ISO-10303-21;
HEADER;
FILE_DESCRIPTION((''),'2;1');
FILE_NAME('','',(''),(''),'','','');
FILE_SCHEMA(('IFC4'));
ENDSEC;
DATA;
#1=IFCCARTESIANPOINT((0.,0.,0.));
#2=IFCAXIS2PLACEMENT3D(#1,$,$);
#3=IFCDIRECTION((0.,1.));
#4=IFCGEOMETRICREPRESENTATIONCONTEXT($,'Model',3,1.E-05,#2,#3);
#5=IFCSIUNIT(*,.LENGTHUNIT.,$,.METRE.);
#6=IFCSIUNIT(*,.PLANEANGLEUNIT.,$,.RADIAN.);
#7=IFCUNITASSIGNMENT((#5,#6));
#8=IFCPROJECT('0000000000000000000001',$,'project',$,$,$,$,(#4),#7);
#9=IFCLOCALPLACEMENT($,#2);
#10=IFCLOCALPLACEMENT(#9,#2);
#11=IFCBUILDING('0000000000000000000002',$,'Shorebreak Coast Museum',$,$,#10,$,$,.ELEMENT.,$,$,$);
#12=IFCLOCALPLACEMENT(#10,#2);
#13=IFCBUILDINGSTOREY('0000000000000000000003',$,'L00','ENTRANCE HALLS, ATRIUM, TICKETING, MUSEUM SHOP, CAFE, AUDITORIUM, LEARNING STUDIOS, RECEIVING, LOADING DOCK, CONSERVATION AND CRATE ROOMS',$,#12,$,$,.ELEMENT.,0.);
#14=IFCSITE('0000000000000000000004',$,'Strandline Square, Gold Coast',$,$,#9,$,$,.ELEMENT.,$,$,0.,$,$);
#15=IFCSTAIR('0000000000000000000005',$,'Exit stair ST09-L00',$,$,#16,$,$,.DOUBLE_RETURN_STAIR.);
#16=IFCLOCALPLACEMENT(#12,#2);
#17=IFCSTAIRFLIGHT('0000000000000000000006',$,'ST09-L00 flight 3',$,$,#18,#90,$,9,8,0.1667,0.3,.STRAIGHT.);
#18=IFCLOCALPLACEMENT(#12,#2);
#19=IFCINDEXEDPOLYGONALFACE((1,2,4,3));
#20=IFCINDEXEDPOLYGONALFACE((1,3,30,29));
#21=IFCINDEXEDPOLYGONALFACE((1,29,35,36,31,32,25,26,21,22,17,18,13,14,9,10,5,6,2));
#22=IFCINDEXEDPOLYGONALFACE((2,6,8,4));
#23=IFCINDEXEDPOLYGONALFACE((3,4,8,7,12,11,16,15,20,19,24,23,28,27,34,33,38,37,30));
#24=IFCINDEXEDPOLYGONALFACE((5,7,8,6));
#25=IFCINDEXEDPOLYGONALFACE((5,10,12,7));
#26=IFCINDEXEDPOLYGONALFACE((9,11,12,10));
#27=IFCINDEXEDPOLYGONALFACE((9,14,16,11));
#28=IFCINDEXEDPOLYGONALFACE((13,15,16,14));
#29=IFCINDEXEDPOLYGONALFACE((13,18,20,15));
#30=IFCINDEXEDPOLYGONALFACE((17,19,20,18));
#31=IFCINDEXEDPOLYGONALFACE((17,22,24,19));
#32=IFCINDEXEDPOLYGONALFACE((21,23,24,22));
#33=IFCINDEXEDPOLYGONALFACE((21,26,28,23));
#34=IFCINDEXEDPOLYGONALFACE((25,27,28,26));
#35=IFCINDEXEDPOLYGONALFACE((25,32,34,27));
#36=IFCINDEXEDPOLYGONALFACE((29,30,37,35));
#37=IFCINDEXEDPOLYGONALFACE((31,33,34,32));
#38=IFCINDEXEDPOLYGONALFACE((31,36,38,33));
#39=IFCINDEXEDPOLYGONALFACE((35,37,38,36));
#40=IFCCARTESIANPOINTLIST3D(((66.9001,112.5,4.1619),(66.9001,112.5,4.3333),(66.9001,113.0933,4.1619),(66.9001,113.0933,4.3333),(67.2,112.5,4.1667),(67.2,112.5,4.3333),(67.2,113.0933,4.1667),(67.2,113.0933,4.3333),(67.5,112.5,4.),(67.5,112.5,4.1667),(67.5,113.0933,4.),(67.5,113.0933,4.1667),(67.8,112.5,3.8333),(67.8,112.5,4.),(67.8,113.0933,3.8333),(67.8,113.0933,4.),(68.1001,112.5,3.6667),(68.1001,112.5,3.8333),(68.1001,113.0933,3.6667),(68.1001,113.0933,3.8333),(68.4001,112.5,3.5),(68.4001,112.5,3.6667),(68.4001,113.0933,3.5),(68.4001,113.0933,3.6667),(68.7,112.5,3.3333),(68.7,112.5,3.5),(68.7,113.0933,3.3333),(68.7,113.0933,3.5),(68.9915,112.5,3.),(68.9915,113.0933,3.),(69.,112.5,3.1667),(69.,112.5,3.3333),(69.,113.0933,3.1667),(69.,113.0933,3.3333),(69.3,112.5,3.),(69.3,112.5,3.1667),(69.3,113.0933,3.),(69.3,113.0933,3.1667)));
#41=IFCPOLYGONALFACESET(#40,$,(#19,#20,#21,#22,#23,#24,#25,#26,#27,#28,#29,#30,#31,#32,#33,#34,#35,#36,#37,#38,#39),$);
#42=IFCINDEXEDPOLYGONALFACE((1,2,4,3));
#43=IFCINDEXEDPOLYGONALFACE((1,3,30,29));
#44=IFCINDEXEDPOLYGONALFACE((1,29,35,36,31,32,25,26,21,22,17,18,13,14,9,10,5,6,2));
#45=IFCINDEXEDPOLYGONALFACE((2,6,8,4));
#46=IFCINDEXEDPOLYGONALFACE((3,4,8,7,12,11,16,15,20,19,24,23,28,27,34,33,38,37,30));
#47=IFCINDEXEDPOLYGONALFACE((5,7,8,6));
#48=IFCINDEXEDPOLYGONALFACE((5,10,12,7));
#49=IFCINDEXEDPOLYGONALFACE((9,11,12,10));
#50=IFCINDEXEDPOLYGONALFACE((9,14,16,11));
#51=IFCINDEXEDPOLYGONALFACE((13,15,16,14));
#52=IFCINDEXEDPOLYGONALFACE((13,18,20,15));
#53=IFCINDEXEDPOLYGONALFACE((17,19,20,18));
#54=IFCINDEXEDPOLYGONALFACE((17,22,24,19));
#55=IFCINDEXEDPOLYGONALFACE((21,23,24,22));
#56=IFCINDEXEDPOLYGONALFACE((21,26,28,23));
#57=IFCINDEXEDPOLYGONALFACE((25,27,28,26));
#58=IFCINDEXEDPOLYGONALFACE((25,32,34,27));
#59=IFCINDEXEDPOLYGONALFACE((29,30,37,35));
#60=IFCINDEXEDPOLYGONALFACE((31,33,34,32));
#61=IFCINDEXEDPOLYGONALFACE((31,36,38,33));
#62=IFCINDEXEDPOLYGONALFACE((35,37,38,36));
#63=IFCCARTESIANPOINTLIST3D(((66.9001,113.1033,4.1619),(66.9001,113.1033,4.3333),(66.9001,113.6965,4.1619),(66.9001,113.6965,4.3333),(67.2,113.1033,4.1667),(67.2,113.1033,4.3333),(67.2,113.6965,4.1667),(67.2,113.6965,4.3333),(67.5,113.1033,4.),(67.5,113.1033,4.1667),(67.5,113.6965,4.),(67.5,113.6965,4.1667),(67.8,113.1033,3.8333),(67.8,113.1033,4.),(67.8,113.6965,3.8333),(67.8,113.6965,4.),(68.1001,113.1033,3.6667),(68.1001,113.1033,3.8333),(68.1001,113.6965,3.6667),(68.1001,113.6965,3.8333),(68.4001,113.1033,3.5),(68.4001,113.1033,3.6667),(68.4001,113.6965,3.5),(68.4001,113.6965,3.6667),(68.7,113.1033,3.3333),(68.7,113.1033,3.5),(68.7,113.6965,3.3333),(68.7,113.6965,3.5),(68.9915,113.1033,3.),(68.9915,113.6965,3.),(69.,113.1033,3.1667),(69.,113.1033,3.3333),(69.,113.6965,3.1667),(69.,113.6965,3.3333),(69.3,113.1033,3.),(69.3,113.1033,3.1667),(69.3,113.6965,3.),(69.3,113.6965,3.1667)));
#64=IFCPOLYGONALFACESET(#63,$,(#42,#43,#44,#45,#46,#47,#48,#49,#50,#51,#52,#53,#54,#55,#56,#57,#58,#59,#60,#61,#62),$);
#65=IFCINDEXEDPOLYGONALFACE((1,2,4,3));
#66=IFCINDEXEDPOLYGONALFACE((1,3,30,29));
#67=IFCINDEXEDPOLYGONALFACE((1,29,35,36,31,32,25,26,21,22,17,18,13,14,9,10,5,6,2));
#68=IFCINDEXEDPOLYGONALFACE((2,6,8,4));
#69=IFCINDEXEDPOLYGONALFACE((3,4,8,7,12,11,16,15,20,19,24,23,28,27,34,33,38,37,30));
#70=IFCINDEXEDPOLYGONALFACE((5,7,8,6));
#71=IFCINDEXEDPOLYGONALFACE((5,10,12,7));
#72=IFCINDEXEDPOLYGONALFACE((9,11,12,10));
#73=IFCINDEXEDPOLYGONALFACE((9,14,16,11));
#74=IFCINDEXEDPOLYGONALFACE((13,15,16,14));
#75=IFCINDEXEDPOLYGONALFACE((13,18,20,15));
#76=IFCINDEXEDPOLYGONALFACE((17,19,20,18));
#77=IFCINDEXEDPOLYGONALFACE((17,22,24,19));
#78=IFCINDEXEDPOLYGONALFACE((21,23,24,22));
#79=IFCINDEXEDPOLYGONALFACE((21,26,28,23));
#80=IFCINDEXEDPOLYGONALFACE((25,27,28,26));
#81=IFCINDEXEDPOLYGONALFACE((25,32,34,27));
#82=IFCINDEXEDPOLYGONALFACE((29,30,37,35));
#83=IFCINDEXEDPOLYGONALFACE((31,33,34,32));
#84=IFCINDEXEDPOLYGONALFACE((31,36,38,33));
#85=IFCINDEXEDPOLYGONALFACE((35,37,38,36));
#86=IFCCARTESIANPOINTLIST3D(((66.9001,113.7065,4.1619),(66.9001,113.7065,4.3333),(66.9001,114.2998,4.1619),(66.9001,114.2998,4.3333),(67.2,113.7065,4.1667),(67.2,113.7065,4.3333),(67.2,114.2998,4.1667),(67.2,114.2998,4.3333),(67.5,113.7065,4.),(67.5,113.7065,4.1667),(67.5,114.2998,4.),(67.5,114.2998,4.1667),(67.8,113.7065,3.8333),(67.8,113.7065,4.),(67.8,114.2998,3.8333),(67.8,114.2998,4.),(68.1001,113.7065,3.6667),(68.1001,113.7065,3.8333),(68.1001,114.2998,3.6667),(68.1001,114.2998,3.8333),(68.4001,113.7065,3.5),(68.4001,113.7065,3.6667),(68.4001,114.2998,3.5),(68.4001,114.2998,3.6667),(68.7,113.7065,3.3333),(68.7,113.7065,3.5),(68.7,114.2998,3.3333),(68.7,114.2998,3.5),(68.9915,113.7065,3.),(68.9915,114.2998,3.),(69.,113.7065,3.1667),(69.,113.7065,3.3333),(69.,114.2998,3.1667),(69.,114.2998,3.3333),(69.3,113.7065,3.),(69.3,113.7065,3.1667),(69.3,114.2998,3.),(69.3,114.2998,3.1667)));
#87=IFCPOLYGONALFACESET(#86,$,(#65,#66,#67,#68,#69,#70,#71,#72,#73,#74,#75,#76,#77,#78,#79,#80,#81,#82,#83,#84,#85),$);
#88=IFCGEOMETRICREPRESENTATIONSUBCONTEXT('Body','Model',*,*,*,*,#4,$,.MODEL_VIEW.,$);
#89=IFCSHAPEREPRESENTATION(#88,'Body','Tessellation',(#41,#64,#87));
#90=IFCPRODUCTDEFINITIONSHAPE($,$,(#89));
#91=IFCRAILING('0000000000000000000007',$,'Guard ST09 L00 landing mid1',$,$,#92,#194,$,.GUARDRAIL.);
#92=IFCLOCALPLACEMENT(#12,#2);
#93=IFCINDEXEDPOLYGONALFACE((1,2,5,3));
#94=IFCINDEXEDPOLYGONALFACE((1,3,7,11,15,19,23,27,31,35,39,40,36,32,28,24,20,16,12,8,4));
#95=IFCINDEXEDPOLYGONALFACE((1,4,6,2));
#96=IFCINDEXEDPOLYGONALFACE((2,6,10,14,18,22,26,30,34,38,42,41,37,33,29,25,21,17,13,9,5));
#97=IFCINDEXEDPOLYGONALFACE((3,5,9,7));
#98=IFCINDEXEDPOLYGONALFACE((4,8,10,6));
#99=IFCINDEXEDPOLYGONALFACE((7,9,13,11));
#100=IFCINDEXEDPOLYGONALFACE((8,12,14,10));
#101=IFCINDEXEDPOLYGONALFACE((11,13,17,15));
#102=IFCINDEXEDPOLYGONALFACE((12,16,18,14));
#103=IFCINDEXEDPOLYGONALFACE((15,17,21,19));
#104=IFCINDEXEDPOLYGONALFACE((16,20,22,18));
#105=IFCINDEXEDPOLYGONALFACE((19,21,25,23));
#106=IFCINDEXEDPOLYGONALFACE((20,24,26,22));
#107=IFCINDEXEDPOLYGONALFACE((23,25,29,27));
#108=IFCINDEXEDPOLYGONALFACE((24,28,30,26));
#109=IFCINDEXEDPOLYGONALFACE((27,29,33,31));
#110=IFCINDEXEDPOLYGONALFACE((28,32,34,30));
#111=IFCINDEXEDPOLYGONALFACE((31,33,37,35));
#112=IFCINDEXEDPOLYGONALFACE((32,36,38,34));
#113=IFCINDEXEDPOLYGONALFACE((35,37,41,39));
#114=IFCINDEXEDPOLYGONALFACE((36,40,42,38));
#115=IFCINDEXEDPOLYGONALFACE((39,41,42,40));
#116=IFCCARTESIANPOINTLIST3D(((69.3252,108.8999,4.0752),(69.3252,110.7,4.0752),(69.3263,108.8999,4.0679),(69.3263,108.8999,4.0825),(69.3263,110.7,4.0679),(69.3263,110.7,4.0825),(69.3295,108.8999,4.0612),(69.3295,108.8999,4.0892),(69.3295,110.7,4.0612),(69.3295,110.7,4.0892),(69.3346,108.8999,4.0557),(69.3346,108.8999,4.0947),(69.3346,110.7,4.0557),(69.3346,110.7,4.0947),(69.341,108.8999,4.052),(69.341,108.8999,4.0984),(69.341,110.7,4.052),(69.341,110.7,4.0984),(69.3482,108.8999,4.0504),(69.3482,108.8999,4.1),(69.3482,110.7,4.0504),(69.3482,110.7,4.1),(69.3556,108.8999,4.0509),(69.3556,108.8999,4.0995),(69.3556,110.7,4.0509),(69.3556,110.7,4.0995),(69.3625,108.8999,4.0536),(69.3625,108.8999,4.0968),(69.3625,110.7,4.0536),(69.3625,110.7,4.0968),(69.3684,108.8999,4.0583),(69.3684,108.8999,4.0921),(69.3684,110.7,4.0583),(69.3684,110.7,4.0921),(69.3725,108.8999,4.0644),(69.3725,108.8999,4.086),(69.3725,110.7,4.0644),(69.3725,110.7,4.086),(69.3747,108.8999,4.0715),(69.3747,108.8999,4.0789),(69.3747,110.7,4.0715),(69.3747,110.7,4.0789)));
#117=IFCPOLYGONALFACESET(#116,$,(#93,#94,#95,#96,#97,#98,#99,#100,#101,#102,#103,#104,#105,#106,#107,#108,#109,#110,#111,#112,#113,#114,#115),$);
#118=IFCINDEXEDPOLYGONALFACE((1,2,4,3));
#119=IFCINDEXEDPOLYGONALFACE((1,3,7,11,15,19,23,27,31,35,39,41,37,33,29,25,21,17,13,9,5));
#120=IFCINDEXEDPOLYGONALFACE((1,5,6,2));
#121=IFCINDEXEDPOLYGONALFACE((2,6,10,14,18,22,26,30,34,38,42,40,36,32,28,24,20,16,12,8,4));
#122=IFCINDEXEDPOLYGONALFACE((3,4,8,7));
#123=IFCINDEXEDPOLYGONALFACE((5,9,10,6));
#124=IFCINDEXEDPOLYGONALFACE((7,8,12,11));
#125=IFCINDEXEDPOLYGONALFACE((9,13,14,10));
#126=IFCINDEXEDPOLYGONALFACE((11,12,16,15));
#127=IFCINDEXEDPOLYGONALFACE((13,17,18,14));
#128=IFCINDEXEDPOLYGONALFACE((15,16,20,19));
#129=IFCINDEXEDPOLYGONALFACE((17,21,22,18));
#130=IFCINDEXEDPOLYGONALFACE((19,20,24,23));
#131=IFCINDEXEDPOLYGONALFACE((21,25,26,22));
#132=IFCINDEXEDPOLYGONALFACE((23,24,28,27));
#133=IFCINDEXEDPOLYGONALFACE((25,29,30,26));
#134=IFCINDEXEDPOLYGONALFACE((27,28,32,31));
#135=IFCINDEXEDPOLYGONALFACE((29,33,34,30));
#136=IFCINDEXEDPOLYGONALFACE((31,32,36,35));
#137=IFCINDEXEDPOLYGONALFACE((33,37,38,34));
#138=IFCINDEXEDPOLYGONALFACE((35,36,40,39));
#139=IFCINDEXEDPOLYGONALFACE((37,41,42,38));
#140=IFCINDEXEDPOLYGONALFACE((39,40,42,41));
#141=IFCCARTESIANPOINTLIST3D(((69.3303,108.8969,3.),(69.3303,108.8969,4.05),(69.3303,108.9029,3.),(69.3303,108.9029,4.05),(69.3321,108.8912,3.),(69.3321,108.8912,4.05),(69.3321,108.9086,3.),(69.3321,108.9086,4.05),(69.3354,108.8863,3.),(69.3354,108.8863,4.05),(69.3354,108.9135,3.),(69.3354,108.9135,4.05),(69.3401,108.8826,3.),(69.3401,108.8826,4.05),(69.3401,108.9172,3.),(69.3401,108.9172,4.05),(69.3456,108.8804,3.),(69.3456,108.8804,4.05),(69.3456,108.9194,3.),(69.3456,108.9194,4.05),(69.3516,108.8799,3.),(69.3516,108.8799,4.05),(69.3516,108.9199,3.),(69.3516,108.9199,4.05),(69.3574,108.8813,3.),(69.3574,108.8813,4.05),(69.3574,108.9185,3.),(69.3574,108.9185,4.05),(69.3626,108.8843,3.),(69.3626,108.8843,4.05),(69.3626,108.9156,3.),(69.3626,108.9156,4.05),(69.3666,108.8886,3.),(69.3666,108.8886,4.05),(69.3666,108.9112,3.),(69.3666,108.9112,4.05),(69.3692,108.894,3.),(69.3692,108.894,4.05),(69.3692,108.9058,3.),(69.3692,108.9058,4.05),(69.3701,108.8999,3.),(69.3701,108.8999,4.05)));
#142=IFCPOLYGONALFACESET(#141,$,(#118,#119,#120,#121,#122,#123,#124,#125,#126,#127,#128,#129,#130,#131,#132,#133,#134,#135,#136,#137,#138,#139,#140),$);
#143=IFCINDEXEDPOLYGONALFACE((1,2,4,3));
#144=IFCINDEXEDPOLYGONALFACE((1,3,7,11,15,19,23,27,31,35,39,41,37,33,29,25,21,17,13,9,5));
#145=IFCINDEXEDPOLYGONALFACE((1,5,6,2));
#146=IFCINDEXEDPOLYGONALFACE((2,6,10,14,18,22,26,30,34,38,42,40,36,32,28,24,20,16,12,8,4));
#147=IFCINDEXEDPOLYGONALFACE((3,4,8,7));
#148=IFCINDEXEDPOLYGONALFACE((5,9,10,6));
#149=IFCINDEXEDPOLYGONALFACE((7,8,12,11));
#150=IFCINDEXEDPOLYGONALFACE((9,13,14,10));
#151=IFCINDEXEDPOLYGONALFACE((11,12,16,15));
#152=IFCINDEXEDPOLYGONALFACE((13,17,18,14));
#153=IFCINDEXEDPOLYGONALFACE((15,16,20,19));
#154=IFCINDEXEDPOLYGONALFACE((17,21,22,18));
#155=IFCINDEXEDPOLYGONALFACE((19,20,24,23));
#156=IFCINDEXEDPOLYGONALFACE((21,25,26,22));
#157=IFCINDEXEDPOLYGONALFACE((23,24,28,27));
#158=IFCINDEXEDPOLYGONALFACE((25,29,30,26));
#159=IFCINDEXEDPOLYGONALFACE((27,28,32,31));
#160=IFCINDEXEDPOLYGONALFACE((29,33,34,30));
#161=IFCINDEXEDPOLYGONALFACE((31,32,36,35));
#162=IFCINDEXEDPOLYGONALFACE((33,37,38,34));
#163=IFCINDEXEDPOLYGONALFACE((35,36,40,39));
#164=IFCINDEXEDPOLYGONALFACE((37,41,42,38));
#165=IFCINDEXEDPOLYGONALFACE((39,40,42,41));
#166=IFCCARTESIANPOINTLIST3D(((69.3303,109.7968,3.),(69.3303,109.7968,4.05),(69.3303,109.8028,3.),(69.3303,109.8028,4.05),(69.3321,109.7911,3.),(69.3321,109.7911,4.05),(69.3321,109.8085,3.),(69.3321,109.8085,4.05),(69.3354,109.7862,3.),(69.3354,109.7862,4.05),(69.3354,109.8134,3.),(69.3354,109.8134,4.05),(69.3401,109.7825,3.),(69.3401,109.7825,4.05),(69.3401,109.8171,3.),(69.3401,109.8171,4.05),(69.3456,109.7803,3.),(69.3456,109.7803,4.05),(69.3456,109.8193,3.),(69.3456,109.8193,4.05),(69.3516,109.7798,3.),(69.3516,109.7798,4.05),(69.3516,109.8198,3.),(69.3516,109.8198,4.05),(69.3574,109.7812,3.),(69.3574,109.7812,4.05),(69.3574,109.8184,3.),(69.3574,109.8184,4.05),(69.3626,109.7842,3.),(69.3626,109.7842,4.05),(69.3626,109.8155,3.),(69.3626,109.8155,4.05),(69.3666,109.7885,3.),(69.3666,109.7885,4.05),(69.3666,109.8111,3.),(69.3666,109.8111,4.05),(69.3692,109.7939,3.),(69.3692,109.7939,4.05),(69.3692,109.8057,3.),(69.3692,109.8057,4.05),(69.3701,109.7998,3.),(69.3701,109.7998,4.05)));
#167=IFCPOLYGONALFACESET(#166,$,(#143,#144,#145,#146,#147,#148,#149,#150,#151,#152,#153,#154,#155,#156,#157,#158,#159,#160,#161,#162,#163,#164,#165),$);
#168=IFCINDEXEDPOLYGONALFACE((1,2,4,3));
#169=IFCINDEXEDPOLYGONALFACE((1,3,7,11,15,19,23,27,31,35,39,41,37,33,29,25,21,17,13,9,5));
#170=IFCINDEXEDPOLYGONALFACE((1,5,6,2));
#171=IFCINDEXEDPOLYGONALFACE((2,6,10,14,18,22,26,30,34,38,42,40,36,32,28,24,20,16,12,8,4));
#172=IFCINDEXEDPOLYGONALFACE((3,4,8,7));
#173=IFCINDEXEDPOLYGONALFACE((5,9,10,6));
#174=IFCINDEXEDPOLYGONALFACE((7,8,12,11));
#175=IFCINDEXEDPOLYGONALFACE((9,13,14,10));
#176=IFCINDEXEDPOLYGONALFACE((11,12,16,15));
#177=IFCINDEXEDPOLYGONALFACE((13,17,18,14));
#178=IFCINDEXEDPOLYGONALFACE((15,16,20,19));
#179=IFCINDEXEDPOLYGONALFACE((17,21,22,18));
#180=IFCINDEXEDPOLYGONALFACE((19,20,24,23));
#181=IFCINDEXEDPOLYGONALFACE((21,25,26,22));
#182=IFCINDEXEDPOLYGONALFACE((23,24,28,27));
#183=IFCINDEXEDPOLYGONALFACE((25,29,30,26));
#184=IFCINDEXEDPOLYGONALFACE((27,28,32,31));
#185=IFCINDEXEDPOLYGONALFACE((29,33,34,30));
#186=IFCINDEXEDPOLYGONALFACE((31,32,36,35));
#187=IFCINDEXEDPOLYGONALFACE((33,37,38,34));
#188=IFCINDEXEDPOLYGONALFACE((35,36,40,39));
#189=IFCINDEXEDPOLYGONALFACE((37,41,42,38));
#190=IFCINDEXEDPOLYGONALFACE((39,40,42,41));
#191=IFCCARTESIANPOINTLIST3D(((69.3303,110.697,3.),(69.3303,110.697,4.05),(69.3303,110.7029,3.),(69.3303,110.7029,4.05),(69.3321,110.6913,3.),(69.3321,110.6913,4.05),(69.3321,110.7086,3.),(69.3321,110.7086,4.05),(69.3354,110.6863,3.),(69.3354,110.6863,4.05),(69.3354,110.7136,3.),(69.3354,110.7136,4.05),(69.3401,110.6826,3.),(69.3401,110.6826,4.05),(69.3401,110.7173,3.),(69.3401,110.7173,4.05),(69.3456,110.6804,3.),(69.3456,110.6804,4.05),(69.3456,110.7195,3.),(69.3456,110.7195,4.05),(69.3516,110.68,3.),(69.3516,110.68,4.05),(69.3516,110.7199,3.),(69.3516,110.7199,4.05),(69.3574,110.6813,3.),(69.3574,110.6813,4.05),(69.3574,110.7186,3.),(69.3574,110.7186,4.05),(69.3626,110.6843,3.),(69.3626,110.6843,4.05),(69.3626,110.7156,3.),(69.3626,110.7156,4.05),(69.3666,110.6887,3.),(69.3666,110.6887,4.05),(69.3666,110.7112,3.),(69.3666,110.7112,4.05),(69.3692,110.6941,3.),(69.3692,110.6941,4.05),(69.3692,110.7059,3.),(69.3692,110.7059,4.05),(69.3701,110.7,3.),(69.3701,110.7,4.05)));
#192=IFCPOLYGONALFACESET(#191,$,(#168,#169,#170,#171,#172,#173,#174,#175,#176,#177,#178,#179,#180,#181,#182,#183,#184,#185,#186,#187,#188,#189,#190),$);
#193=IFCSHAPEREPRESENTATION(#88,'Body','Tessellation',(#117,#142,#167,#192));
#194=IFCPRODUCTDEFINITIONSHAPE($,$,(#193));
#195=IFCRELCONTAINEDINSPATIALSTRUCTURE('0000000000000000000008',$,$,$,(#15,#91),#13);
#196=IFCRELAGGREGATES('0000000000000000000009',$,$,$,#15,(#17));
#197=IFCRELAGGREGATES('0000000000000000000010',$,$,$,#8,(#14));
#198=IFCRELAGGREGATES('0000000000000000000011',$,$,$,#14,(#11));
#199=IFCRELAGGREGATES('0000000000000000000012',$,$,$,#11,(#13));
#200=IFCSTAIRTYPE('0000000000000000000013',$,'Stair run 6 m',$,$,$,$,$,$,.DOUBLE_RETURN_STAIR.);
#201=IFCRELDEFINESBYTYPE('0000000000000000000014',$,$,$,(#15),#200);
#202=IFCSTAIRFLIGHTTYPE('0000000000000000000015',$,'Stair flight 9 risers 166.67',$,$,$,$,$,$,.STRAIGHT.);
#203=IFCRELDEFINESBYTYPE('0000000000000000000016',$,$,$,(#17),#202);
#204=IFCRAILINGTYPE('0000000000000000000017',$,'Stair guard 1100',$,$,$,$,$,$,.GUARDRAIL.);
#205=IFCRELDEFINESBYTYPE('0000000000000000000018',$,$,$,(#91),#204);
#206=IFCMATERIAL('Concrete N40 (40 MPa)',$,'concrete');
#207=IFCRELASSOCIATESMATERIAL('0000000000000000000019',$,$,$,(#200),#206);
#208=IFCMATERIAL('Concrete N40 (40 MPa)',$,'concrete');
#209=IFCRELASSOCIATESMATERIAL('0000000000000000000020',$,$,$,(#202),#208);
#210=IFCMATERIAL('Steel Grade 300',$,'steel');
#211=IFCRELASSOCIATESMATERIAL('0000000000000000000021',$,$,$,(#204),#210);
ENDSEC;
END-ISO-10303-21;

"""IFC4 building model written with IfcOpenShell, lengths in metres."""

from ifc_helpers import new_model, si_unit, direction, frame, origin, origin_2d, place, context, subcontext, project, spatial, polyline, circle, outline, extrude, material, type_object, element, aggregate, save


model = new_model("IFC4")

# Units and contexts
model_context = context("Model", 3, precision=1e-05, world=origin(), true_north=direction((0.0, 1.0)))
body_context = subcontext(model_context, "Body", "Model", "MODEL_VIEW")
ifc_project = project(units=[si_unit("LENGTHUNIT", "METRE"), si_unit("PLANEANGLEUNIT", "RADIAN")], contexts=[model_context])

# Site, building, storey
site_placement = place(None, origin())
site = spatial("IfcSite", under=ifc_project, at=site_placement, Name="Strandline Square, Gold Coast", CompositionType="ELEMENT", RefElevation=0.0)
building_placement = place(site_placement, origin())
building = spatial("IfcBuilding", under=site, at=building_placement, Name="Shorebreak Coast Museum", CompositionType="ELEMENT")
storey_placement = place(building_placement, origin())
storey = spatial("IfcBuildingStorey", under=building, at=storey_placement, Name="L00", Description="ENTRANCE HALLS, ATRIUM, TICKETING, MUSEUM SHOP, CAFE, AUDITORIUM, LEARNING STUDIOS, RECEIVING, LOADING DOCK, CONSERVATION AND CRATE ROOMS", CompositionType="ELEMENT", Elevation=0.0)

# Stair, stair flight
ifc_material_1 = material(Name="Concrete N40 (40 MPa)", Category="concrete")
stair_type = type_object("IfcStairType", Name="Stair run 6 m", PredefinedType="DOUBLE_RETURN_STAIR", material=ifc_material_1)
stair_placement = place(storey_placement, origin())
stair = element("IfcStair", 1, at=stair_placement, inside=storey, type_object=stair_type, Name="Exit stair ST09-L00", PredefinedType="DOUBLE_RETURN_STAIR")
ifc_material_2 = material(Name="Concrete N40 (40 MPa)", Category="concrete")
stair_flight_type = type_object("IfcStairFlightType", Name="Stair flight 9 risers 166.67", PredefinedType="STRAIGHT", material=ifc_material_2)
stair_flight_placement = place(storey_placement, frame((69.3, 113.3999, 3.0), z_axis=(0.0, 0.0, 1.0), x_axis=(-1.0, 0.0, 0.0)))
stair_flight = element("IfcStairFlight", 2, at=stair_flight_placement, type_object=stair_flight_type, Name="ST09-L00 flight 3", NumberOfRisers=9, NumberOfTreads=8, PredefinedType="STRAIGHT", RiserHeight=0.1667, TreadLength=0.3, context=body_context, shape_type="SweptSolid", body=[
    extrude(outline(polyline([(0.0, 0.0), (0.0, 0.1667), (0.3, 0.1667), (0.3, 0.3333), (0.6001, 0.3333), (0.6001, 0.5), (0.8999, 0.5), (0.8999, 0.6667), (1.2, 0.6667), (1.2, 0.8333), (1.5, 0.8333), (1.5, 1.0), (1.8, 1.0), (1.8, 1.1667), (2.1001, 1.1667), (2.1001, 1.3333), (2.3999, 1.3333), (2.3999, 1.5), (2.3999, 1.1619), (0.3086, 0.0), (0.0, 0.0)])), frame((0.0, 0.8999, 0.0), z_axis=(0.0, -1.0, 0.0), x_axis=(1.0, 0.0, 0.0)), (0.0, 0.0, 1.0), 0.5933),
    extrude(outline(polyline([(0.0, 0.0), (0.0, 0.1667), (0.3, 0.1667), (0.3, 0.3333), (0.6001, 0.3333), (0.6001, 0.5), (0.8999, 0.5), (0.8999, 0.6667), (1.2, 0.6667), (1.2, 0.8333), (1.5, 0.8333), (1.5, 1.0), (1.8, 1.0), (1.8, 1.1667), (2.1001, 1.1667), (2.1001, 1.3333), (2.3999, 1.3333), (2.3999, 1.5), (2.3999, 1.1619), (0.3086, 0.0), (0.0, 0.0)])), frame((0.0, 0.2966, 0.0), z_axis=(0.0, -1.0, 0.0), x_axis=(1.0, 0.0, 0.0)), (0.0, 0.0, 1.0), 0.5933),
    extrude(outline(polyline([(0.0, 0.0), (0.0, 0.1667), (0.3, 0.1667), (0.3, 0.3333), (0.6001, 0.3333), (0.6001, 0.5), (0.8999, 0.5), (0.8999, 0.6667), (1.2, 0.6667), (1.2, 0.8333), (1.5, 0.8333), (1.5, 1.0), (1.8, 1.0), (1.8, 1.1667), (2.1001, 1.1667), (2.1001, 1.3333), (2.3999, 1.3333), (2.3999, 1.5), (2.3999, 1.1619), (0.3086, 0.0), (0.0, 0.0)])), frame((0.0, -0.3066, 0.0), z_axis=(0.0, -1.0, 0.0), x_axis=(1.0, 0.0, 0.0)), (0.0, 0.0, 1.0), 0.5933),
])
aggregate(stair, [stair_flight])

# Railing
ifc_material_3 = material(Name="Steel Grade 300", Category="steel")
railing_type_1 = type_object("IfcRailingType", Name="Stair guard 1100", PredefinedType="GUARDRAIL", material=ifc_material_3)
for number, where, name in (
    (3, (69.3501, 108.8999, 3.0), "Guard ST09 L00 landing mid1"),
):
    element("IfcRailing", number, at=place(storey_placement, frame(where)), inside=storey, type_object=railing_type_1, Name=name, PredefinedType="GUARDRAIL", context=body_context, shape_type="SweptSolid", body=[
        extrude(circle(Radius=0.0249, at=origin_2d()), frame((0.0, 0.0, 1.0752), z_axis=(0.0, 1.0, 0.0), x_axis=(-1.0, 0.0, 0.0)), (0.0, 0.0, 1.0), 1.8),
        extrude(circle(Radius=0.02, at=origin_2d()), origin(), (0.0, 0.0, 1.0), 1.05),
        extrude(circle(Radius=0.02, at=origin_2d()), frame((0.0, 0.8999, 0.0)), (0.0, 0.0, 1.0), 1.05),
        extrude(circle(Radius=0.02, at=origin_2d()), frame((0.0, 1.8, 0.0)), (0.0, 0.0, 1.0), 1.05),
    ])

save(model, "model.ifc")
